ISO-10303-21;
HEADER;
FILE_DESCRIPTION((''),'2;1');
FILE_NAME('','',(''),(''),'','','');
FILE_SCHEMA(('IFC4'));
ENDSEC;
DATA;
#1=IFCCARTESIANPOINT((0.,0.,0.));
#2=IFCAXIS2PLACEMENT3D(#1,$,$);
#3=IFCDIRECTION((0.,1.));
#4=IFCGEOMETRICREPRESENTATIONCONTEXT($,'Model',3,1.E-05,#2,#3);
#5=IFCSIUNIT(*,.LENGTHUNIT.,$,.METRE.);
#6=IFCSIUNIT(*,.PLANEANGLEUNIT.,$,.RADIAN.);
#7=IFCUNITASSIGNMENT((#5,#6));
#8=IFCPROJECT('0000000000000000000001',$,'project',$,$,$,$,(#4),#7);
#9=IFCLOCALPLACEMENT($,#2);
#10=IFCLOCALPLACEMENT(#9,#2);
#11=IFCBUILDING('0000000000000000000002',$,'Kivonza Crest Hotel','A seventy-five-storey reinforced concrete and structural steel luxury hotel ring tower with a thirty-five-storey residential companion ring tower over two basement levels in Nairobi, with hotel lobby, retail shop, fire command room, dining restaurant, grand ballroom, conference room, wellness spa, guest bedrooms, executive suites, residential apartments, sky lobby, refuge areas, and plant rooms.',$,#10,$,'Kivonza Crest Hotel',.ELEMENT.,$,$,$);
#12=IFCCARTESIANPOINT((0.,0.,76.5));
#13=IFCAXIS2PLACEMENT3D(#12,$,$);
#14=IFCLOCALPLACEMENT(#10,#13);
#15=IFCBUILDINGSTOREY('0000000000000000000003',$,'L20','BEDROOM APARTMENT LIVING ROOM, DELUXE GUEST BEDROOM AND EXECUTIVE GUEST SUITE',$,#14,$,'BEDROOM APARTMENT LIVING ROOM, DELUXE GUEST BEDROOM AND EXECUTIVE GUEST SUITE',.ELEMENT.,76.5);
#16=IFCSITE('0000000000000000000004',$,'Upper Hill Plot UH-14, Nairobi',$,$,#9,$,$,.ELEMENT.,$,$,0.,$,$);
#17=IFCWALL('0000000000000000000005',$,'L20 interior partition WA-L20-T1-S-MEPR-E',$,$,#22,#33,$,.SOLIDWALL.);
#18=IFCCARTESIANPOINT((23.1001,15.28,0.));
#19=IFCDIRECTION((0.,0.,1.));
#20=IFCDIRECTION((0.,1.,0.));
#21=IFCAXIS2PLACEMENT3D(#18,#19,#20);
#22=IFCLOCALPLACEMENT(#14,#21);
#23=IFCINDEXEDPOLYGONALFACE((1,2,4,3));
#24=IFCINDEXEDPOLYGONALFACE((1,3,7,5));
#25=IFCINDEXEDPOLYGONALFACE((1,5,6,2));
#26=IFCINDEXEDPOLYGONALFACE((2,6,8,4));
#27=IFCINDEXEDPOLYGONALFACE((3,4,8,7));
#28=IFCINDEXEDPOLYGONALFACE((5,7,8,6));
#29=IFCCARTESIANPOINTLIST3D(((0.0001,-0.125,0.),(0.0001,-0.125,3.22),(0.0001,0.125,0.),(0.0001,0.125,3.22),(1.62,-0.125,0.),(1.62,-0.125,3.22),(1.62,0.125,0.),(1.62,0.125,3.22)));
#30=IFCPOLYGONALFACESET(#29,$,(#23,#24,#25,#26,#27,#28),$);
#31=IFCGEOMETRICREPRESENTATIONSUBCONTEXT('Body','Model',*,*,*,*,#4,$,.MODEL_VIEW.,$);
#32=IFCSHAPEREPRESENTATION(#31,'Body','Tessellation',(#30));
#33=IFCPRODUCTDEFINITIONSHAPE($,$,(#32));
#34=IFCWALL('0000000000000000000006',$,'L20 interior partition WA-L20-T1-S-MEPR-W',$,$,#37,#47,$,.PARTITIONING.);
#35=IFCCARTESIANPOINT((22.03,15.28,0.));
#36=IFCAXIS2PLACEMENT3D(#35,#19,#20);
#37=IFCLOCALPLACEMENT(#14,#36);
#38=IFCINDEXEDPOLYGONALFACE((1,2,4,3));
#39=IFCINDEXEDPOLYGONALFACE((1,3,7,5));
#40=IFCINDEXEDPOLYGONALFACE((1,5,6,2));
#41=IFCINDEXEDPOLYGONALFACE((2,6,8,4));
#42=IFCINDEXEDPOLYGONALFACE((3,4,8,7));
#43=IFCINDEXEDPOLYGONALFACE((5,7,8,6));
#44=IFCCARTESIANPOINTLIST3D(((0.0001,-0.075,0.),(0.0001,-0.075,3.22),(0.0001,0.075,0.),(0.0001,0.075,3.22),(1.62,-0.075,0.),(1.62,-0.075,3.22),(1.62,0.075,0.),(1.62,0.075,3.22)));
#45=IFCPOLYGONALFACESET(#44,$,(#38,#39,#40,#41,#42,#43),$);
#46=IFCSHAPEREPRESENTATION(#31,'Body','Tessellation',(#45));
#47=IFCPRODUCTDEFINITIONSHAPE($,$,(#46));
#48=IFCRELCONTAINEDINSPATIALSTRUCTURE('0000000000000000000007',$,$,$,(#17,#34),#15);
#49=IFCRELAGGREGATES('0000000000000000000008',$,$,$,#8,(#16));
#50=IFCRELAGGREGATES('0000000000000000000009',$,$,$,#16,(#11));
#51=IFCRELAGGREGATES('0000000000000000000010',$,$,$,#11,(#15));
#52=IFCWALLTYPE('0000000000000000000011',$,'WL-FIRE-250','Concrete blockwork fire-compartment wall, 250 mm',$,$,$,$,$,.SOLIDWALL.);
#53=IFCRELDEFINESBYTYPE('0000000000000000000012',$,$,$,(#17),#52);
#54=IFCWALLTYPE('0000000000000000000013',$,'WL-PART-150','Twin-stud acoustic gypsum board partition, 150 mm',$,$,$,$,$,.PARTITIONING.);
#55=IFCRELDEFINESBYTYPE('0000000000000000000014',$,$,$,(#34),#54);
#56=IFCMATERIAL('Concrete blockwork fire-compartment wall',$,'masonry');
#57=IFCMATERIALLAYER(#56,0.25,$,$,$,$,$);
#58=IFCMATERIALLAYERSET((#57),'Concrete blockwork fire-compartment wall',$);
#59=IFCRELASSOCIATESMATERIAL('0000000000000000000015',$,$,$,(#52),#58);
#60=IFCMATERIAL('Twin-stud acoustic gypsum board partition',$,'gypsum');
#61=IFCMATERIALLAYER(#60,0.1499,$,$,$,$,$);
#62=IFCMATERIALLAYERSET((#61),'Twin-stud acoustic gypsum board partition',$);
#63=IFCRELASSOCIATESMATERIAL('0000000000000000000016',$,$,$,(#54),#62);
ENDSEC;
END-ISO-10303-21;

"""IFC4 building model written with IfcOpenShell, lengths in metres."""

from ifc_helpers import new_model, si_unit, direction, frame, frame_2d, origin, place, context, subcontext, project, spatial, rectangle, extrude, material, layer, layer_set, type_object, element, save


model = new_model("IFC4")

# Units and contexts
model_context = context("Model", 3, precision=1e-05, world=origin(), true_north=direction((0.0, 1.0)))
body_context = subcontext(model_context, "Body", "Model", "MODEL_VIEW")
ifc_project = project(units=[si_unit("LENGTHUNIT", "METRE"), si_unit("PLANEANGLEUNIT", "RADIAN")], contexts=[model_context])

# Site, building, storey
site_placement = place(None, origin())
site = spatial("IfcSite", under=ifc_project, at=site_placement, Name="Upper Hill Plot UH-14, Nairobi", CompositionType="ELEMENT", RefElevation=0.0)
building_placement = place(site_placement, origin())
building = spatial("IfcBuilding", under=site, at=building_placement, Name="Kivonza Crest Hotel", Description="A seventy-five-storey reinforced concrete and structural steel luxury hotel ring tower with a thirty-five-storey residential companion ring tower over two basement levels in Nairobi, with hotel lobby, retail shop, fire command room, dining restaurant, grand ballroom, conference room, wellness spa, guest bedrooms, executive suites, residential apartments, sky lobby, refuge areas, and plant rooms.", LongName="Kivonza Crest Hotel", CompositionType="ELEMENT")
storey_placement = place(building_placement, frame((0.0, 0.0, 76.5)))
storey = spatial("IfcBuildingStorey", under=building, at=storey_placement, Name="L20", Description="BEDROOM APARTMENT LIVING ROOM, DELUXE GUEST BEDROOM AND EXECUTIVE GUEST SUITE", LongName="BEDROOM APARTMENT LIVING ROOM, DELUXE GUEST BEDROOM AND EXECUTIVE GUEST SUITE", CompositionType="ELEMENT", Elevation=76.5)

# Walls
ifc_material_1 = material(Name="Concrete blockwork fire-compartment wall", Category="masonry")
ifc_layer_1 = layer(ifc_material_1, 0.25)
ifc_layer_set_1 = layer_set([ifc_layer_1], Name="Concrete blockwork fire-compartment wall")
wall_type_1 = type_object("IfcWallType", Name="WL-FIRE-250", Description="Concrete blockwork fire-compartment wall, 250 mm", PredefinedType="SOLIDWALL", material=ifc_layer_set_1)
wall_1_placement = place(storey_placement, frame((23.1001, 15.28, 0.0), z_axis=(0.0, 0.0, 1.0), x_axis=(0.0, 1.0, 0.0)))
element("IfcWall", 1, at=wall_1_placement, inside=storey, type_object=wall_type_1, Name="L20 interior partition WA-L20-T1-S-MEPR-E", PredefinedType="SOLIDWALL", context=body_context, shape_type="SweptSolid", body=[
    extrude(rectangle(XDim=1.6199, YDim=0.25, at=frame_2d((0.8101, 0.0))), origin(), (0.0, 0.0, 1.0), 3.22),
])
ifc_material_2 = material(Name="Twin-stud acoustic gypsum board partition", Category="gypsum")
ifc_layer_2 = layer(ifc_material_2, 0.1499)
ifc_layer_set_2 = layer_set([ifc_layer_2], Name="Twin-stud acoustic gypsum board partition")
wall_type_2 = type_object("IfcWallType", Name="WL-PART-150", Description="Twin-stud acoustic gypsum board partition, 150 mm", PredefinedType="PARTITIONING", material=ifc_layer_set_2)
wall_2_placement = place(storey_placement, frame((22.03, 15.28, 0.0), z_axis=(0.0, 0.0, 1.0), x_axis=(0.0, 1.0, 0.0)))
element("IfcWall", 2, at=wall_2_placement, inside=storey, type_object=wall_type_2, Name="L20 interior partition WA-L20-T1-S-MEPR-W", PredefinedType="PARTITIONING", context=body_context, shape_type="SweptSolid", body=[
    extrude(rectangle(XDim=1.6199, YDim=0.1499, at=frame_2d((0.8101, 0.0))), origin(), (0.0, 0.0, 1.0), 3.22),
])

save(model, "model.ifc")
